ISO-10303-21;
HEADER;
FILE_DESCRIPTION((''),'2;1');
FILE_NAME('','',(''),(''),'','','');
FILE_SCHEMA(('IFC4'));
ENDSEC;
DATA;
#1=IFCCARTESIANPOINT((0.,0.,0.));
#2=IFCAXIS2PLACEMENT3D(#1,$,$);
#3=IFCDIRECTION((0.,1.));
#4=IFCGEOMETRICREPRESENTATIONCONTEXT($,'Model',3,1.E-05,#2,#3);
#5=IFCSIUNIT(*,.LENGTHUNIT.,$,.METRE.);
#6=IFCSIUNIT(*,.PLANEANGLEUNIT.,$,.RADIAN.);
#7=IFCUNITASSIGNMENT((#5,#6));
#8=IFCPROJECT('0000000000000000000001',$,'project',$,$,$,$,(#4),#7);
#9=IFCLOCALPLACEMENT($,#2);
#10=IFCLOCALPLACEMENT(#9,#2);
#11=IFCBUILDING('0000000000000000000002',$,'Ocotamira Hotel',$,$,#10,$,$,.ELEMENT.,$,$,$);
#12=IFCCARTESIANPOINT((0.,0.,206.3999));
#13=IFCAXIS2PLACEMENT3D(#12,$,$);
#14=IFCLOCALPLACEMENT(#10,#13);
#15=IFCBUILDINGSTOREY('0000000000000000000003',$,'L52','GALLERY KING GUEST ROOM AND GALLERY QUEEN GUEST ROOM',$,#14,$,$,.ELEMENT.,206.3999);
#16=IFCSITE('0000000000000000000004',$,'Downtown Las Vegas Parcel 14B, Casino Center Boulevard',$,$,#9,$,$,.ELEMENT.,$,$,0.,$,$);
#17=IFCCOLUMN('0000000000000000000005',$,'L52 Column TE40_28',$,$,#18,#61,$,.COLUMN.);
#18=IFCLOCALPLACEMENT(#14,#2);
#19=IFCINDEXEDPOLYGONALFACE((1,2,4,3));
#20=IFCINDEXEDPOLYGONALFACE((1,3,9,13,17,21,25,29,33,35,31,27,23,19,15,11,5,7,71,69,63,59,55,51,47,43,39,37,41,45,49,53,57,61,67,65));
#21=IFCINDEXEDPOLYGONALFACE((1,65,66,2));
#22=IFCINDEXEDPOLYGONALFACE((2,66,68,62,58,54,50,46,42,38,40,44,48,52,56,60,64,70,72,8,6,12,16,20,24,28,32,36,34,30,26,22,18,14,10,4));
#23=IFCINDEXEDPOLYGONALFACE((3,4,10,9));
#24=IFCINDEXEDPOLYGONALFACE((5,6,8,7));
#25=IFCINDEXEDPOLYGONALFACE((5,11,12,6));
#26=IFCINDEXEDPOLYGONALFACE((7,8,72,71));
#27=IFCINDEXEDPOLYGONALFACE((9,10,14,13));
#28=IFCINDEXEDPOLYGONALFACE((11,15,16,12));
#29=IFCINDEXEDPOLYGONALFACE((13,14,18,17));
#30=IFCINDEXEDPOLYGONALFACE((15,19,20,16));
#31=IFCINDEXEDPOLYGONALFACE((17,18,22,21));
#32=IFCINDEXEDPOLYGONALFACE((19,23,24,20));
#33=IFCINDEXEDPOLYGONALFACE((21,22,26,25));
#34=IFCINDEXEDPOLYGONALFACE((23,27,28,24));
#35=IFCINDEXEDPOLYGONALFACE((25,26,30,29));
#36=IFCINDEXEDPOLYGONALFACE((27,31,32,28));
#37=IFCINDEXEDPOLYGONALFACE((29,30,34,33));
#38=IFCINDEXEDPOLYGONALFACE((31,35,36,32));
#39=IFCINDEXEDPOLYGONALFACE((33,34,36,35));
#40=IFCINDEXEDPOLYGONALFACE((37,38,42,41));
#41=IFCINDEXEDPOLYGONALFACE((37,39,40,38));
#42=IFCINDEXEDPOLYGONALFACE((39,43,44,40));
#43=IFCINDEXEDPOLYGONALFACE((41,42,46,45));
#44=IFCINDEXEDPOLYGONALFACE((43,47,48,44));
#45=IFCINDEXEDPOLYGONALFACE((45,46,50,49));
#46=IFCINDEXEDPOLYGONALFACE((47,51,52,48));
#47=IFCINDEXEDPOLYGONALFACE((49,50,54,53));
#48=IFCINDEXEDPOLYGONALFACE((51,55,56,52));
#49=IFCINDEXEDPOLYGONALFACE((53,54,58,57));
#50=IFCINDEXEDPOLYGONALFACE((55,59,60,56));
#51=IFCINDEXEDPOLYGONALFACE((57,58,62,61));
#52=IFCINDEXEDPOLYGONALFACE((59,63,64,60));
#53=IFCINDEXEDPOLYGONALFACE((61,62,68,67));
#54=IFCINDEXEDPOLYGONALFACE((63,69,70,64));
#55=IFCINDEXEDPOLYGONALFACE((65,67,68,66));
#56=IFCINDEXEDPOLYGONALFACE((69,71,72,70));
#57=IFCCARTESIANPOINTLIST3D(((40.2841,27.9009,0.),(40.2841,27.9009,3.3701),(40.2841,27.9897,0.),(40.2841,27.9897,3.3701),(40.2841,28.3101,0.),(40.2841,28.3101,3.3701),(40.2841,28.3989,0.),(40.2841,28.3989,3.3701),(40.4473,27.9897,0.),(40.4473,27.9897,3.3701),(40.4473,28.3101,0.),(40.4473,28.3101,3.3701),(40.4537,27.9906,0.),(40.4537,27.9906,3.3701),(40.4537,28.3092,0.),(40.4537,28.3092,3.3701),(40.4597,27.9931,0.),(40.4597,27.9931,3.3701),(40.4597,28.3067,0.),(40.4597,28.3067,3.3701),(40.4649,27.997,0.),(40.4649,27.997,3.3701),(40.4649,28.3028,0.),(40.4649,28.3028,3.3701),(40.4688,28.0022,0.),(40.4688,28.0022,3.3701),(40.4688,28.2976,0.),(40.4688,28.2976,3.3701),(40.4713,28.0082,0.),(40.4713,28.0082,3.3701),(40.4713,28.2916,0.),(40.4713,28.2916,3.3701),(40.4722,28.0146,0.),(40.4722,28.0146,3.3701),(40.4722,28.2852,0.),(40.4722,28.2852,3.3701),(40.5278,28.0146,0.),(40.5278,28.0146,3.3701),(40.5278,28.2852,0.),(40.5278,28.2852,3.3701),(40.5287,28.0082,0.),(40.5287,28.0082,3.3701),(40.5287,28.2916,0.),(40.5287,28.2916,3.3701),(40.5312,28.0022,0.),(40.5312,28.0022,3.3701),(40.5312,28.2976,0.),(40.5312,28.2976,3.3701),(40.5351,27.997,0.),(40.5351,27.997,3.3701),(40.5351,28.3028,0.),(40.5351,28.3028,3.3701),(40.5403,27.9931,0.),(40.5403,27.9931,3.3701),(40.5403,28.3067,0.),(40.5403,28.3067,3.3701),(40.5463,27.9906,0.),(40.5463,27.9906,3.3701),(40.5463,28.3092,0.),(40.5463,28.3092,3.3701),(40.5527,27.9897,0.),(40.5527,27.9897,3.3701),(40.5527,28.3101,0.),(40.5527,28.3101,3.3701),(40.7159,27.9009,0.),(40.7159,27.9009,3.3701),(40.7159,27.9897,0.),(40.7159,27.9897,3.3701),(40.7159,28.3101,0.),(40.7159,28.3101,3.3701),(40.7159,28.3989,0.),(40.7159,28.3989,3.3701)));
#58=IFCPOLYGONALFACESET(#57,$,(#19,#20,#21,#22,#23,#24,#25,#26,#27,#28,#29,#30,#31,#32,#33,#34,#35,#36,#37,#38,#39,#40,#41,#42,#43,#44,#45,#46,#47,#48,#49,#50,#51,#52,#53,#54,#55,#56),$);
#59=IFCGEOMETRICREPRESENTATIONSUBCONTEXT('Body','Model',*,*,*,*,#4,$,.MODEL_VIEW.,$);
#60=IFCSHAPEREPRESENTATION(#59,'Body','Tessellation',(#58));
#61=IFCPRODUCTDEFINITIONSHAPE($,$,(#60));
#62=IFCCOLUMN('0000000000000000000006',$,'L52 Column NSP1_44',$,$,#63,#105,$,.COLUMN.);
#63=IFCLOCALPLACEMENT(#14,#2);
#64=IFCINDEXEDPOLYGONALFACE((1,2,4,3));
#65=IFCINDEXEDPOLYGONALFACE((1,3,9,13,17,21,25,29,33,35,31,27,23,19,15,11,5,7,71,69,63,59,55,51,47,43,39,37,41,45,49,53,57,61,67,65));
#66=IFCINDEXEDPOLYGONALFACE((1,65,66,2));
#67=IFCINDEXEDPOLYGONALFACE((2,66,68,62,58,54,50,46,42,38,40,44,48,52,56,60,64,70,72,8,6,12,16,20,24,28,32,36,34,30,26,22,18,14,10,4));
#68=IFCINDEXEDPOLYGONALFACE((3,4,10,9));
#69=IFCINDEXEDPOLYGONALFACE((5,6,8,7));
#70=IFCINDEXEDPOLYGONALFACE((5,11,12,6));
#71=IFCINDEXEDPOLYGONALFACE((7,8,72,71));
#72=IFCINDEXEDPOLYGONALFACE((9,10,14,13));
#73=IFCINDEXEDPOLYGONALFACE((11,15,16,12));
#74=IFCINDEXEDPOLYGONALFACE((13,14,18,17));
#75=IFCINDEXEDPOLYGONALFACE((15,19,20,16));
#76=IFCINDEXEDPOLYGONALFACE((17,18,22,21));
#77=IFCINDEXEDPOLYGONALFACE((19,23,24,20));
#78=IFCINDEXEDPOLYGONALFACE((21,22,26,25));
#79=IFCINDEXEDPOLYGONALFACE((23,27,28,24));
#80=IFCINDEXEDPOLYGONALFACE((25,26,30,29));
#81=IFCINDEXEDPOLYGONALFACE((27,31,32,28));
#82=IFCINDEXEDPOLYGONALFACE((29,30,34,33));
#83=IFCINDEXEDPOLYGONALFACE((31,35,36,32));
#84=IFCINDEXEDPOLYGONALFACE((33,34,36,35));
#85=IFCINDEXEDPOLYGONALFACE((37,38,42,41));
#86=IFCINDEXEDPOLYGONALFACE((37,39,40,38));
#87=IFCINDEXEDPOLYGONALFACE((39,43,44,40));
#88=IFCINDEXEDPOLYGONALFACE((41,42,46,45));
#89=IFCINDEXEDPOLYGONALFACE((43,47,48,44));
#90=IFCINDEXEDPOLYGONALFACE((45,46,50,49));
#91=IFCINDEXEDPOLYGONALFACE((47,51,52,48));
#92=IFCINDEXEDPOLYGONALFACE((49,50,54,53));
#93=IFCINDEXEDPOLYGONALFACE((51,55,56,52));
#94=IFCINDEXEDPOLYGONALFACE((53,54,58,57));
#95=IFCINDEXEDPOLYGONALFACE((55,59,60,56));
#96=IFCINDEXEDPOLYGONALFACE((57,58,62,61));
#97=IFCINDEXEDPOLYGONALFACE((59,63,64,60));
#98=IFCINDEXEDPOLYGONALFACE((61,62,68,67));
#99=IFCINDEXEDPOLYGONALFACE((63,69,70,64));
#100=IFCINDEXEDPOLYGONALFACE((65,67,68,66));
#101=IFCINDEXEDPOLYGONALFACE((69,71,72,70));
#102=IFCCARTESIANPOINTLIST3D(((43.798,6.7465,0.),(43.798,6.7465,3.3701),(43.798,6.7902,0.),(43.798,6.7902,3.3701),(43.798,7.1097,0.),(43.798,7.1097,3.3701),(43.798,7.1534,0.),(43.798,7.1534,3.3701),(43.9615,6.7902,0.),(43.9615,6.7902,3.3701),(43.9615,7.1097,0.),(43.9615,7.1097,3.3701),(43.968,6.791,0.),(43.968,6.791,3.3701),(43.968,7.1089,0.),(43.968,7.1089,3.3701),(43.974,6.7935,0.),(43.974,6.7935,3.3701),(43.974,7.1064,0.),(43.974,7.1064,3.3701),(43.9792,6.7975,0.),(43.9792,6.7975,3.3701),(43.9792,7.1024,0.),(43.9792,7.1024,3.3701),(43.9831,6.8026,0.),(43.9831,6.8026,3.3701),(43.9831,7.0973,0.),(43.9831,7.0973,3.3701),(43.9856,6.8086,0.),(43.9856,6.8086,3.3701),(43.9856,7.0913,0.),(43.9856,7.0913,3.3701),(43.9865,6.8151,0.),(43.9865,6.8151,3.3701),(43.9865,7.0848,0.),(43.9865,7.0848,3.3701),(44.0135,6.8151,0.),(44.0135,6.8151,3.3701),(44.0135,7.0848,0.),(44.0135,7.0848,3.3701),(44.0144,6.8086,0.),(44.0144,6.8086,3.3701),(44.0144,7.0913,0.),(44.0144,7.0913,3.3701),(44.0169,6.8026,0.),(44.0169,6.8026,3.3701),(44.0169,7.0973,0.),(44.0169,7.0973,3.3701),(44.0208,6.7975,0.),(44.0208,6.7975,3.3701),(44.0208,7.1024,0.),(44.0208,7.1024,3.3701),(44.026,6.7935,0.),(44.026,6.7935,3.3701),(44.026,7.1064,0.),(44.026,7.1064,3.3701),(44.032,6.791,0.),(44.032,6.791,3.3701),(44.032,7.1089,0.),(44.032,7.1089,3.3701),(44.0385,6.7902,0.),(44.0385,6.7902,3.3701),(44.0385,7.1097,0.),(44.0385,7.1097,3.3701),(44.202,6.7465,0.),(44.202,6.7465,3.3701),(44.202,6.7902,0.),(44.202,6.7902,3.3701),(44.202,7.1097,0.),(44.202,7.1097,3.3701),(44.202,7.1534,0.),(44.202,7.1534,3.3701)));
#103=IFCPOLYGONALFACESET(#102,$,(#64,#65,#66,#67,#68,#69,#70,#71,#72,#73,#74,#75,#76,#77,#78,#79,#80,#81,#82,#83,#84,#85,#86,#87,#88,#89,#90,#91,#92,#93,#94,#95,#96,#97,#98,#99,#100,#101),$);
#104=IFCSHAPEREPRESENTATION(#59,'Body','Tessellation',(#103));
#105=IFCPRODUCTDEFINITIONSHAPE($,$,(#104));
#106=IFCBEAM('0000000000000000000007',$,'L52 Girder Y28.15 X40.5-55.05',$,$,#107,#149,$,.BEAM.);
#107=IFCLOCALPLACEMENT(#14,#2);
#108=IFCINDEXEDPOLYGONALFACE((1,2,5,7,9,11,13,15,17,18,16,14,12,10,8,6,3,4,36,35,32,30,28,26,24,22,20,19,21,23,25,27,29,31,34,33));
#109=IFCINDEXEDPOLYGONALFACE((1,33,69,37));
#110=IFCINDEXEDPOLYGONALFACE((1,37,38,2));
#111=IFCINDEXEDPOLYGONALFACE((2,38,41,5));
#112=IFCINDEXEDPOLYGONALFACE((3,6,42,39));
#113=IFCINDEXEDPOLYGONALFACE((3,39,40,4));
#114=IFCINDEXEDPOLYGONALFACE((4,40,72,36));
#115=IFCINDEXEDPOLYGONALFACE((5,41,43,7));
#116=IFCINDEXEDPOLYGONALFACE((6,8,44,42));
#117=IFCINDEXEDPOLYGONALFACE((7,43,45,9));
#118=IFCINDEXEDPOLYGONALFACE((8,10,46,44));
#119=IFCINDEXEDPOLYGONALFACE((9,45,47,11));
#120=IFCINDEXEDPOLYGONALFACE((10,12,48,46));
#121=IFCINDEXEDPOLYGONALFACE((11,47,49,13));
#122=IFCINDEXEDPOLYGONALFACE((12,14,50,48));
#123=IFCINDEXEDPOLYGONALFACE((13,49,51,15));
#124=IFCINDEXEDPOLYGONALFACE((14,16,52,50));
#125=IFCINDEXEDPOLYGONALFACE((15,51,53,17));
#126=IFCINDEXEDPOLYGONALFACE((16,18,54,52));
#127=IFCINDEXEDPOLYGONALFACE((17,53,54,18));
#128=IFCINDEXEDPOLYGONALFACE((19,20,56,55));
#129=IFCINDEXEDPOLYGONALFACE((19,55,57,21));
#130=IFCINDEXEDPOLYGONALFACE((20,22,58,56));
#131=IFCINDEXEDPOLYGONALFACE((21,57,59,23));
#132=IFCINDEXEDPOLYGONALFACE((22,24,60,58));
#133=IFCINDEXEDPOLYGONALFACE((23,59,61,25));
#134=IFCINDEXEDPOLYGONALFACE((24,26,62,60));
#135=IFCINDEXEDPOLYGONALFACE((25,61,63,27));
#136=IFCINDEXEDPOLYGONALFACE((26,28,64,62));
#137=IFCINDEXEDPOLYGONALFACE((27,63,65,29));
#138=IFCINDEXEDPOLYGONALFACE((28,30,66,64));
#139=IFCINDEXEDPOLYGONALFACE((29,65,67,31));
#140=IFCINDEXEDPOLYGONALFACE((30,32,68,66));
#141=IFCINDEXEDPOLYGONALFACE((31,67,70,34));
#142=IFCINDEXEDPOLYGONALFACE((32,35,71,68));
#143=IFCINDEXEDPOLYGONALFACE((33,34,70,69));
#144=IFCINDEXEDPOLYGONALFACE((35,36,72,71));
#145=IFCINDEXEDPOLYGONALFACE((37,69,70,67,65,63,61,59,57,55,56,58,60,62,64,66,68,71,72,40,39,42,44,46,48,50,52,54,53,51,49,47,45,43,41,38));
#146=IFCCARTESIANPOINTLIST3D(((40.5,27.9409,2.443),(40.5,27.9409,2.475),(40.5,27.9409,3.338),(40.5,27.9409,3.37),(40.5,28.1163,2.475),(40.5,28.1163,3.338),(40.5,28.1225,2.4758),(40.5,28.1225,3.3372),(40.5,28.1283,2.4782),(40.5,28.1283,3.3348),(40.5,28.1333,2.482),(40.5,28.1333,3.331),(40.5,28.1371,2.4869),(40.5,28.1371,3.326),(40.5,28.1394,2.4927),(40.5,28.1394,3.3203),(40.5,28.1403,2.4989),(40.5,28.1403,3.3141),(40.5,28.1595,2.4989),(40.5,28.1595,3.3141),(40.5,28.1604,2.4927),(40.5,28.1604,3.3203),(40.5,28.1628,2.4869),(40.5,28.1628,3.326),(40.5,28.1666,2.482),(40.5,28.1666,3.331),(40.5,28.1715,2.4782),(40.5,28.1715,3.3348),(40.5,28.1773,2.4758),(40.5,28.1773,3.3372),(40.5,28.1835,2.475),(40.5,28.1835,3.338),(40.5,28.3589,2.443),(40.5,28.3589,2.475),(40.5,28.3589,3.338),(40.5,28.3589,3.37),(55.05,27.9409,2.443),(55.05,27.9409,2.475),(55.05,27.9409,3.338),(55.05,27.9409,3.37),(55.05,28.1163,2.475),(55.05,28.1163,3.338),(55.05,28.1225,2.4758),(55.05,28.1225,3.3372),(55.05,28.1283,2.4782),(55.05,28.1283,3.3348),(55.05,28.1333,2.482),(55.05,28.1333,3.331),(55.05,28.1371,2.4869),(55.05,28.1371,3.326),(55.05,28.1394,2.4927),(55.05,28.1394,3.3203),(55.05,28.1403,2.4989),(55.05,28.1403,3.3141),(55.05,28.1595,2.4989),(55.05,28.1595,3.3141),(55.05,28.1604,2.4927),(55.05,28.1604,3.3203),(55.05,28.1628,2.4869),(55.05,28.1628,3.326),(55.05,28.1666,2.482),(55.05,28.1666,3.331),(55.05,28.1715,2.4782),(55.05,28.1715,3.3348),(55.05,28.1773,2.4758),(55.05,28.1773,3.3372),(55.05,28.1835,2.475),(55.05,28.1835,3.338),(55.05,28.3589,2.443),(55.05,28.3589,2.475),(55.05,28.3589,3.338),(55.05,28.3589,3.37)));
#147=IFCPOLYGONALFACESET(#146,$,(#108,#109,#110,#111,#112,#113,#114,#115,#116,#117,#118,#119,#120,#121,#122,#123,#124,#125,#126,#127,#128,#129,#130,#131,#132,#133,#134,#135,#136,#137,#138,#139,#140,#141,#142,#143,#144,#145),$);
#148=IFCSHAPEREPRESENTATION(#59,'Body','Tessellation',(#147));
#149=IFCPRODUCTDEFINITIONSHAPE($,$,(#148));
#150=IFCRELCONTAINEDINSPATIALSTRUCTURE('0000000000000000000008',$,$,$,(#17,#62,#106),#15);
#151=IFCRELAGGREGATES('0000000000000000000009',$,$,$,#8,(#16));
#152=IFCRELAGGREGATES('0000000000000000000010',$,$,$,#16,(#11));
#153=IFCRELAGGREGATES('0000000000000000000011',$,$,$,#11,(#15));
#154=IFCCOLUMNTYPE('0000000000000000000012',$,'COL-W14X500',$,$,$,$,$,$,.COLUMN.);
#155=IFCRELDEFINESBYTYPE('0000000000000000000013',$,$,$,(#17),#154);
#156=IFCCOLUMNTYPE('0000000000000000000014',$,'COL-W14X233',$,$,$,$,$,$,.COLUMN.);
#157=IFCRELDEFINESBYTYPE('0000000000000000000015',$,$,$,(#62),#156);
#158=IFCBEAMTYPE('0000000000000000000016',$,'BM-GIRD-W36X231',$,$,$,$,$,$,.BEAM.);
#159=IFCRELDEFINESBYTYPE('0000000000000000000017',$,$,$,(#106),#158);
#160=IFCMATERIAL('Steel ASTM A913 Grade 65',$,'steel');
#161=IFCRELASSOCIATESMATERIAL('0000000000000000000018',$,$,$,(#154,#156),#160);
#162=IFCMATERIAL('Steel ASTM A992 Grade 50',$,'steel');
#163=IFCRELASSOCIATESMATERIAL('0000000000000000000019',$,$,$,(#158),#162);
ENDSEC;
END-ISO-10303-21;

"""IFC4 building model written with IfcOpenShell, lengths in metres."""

from ifc_helpers import new_model, si_unit, direction, frame, origin, origin_2d, place, context, subcontext, project, spatial, i_section, extrude, source, transform, mapped, material, material_profile, profile_set, type_object, element, save


model = new_model("IFC4")

# Units and contexts
model_context = context("Model", 3, precision=1e-05, world=origin(), true_north=direction((0.0, 1.0)))
body_context = subcontext(model_context, "Body", "Model", "MODEL_VIEW")
ifc_project = project(units=[si_unit("LENGTHUNIT", "METRE"), si_unit("PLANEANGLEUNIT", "RADIAN")], contexts=[model_context])

# Site, building, storey
site_placement = place(None, origin())
site = spatial("IfcSite", under=ifc_project, at=site_placement, Name="Downtown Las Vegas Parcel 14B, Casino Center Boulevard", CompositionType="ELEMENT", RefElevation=0.0)
building_placement = place(site_placement, origin())
building = spatial("IfcBuilding", under=site, at=building_placement, Name="Ocotamira Hotel", CompositionType="ELEMENT")
storey_placement = place(building_placement, frame((0.0, 0.0, 206.3999)))
storey = spatial("IfcBuildingStorey", under=building, at=storey_placement, Name="L52", Description="GALLERY KING GUEST ROOM AND GALLERY QUEEN GUEST ROOM", CompositionType="ELEMENT", Elevation=206.3999)

# Columns
ifc_material_1 = material(Name="Steel ASTM A913 Grade 65", Category="steel")
ifc_material_profile_1 = material_profile(ifc_material_1, i_section(OverallWidth=0.4319, OverallDepth=0.498, WebThickness=0.0557, FlangeThickness=0.0889, FilletRadius=0.0249, at=origin_2d()), Name="W14X500")
ifc_profile_set_1 = profile_set([ifc_material_profile_1], Name="Steel ASTM A913 Grade 65")
column_type_1 = type_object("IfcColumnType", Name="COL-W14X500", PredefinedType="COLUMN", material=ifc_profile_set_1)
shared_shape_1 = source(origin(), body_context, "Body", "SweptSolid", [
    extrude(i_section(OverallWidth=0.4319, OverallDepth=0.498, WebThickness=0.0557, FlangeThickness=0.0889, FilletRadius=0.0249, at=origin_2d()), origin(), (0.0, 0.0, 1.0), 3.3701),
])
column_1_placement = place(storey_placement, frame((40.5, 28.1499, 0.0), z_axis=(0.0, 0.0, 1.0), x_axis=(1.0, 0.0, 0.0)))
element("IfcColumn", 1, at=column_1_placement, inside=storey, type_object=column_type_1, Name="L52 Column TE40_28", PredefinedType="COLUMN", context=body_context, shape_type="MappedRepresentation", body=[
    mapped(shared_shape_1, transform((0.0, 0.0, 0.0), scale=1.0)),
])
ifc_material_profile_2 = material_profile(ifc_material_1, i_section(OverallWidth=0.4041, OverallDepth=0.407, WebThickness=0.0271, FlangeThickness=0.0437, FilletRadius=0.0249, at=origin_2d()), Name="W14X233")
ifc_profile_set_2 = profile_set([ifc_material_profile_2], Name="Steel ASTM A913 Grade 65")
column_type_2 = type_object("IfcColumnType", Name="COL-W14X233", PredefinedType="COLUMN", material=ifc_profile_set_2)
shared_shape_2 = source(origin(), body_context, "Body", "SweptSolid", [
    extrude(i_section(OverallWidth=0.4041, OverallDepth=0.407, WebThickness=0.0271, FlangeThickness=0.0437, FilletRadius=0.0249, at=origin_2d()), origin(), (0.0, 0.0, 1.0), 3.3701),
])
column_2_placement = place(storey_placement, frame((44.0, 6.95, 0.0), z_axis=(0.0, 0.0, 1.0), x_axis=(1.0, 0.0, 0.0)))
element("IfcColumn", 2, at=column_2_placement, inside=storey, type_object=column_type_2, Name="L52 Column NSP1_44", PredefinedType="COLUMN", context=body_context, shape_type="MappedRepresentation", body=[
    mapped(shared_shape_2, transform((0.0, 0.0, 0.0), scale=1.0)),
])

# Beam
ifc_material_2 = material(Name="Steel ASTM A992 Grade 50", Category="steel")
ifc_material_profile_3 = material_profile(ifc_material_2, i_section(OverallWidth=0.418, OverallDepth=0.927, WebThickness=0.0193, FlangeThickness=0.032, FilletRadius=0.0239, at=origin_2d()), Name="W36X231")
ifc_profile_set_3 = profile_set([ifc_material_profile_3], Name="Steel ASTM A992 Grade 50")
beam_type_1 = type_object("IfcBeamType", Name="BM-GIRD-W36X231", PredefinedType="BEAM", material=ifc_profile_set_3)
shared_shape_3 = source(origin(), body_context, "Body", "SweptSolid", [
    extrude(i_section(OverallWidth=0.418, OverallDepth=0.927, WebThickness=0.0193, FlangeThickness=0.032, FilletRadius=0.0239, at=origin_2d()), origin(), (0.0, 0.0, 1.0), 14.55),
])
beam_1_placement = place(storey_placement, frame((40.5, 28.1499, 2.9065), z_axis=(1.0, 0.0, 0.0), x_axis=(0.0, 1.0, 0.0)))
element("IfcBeam", 3, at=beam_1_placement, inside=storey, type_object=beam_type_1, Name="L52 Girder Y28.15 X40.5-55.05", PredefinedType="BEAM", context=body_context, shape_type="MappedRepresentation", body=[
    mapped(shared_shape_3, transform((0.0, 0.0, 0.0), scale=1.0)),
])

save(model, "model.ifc")
